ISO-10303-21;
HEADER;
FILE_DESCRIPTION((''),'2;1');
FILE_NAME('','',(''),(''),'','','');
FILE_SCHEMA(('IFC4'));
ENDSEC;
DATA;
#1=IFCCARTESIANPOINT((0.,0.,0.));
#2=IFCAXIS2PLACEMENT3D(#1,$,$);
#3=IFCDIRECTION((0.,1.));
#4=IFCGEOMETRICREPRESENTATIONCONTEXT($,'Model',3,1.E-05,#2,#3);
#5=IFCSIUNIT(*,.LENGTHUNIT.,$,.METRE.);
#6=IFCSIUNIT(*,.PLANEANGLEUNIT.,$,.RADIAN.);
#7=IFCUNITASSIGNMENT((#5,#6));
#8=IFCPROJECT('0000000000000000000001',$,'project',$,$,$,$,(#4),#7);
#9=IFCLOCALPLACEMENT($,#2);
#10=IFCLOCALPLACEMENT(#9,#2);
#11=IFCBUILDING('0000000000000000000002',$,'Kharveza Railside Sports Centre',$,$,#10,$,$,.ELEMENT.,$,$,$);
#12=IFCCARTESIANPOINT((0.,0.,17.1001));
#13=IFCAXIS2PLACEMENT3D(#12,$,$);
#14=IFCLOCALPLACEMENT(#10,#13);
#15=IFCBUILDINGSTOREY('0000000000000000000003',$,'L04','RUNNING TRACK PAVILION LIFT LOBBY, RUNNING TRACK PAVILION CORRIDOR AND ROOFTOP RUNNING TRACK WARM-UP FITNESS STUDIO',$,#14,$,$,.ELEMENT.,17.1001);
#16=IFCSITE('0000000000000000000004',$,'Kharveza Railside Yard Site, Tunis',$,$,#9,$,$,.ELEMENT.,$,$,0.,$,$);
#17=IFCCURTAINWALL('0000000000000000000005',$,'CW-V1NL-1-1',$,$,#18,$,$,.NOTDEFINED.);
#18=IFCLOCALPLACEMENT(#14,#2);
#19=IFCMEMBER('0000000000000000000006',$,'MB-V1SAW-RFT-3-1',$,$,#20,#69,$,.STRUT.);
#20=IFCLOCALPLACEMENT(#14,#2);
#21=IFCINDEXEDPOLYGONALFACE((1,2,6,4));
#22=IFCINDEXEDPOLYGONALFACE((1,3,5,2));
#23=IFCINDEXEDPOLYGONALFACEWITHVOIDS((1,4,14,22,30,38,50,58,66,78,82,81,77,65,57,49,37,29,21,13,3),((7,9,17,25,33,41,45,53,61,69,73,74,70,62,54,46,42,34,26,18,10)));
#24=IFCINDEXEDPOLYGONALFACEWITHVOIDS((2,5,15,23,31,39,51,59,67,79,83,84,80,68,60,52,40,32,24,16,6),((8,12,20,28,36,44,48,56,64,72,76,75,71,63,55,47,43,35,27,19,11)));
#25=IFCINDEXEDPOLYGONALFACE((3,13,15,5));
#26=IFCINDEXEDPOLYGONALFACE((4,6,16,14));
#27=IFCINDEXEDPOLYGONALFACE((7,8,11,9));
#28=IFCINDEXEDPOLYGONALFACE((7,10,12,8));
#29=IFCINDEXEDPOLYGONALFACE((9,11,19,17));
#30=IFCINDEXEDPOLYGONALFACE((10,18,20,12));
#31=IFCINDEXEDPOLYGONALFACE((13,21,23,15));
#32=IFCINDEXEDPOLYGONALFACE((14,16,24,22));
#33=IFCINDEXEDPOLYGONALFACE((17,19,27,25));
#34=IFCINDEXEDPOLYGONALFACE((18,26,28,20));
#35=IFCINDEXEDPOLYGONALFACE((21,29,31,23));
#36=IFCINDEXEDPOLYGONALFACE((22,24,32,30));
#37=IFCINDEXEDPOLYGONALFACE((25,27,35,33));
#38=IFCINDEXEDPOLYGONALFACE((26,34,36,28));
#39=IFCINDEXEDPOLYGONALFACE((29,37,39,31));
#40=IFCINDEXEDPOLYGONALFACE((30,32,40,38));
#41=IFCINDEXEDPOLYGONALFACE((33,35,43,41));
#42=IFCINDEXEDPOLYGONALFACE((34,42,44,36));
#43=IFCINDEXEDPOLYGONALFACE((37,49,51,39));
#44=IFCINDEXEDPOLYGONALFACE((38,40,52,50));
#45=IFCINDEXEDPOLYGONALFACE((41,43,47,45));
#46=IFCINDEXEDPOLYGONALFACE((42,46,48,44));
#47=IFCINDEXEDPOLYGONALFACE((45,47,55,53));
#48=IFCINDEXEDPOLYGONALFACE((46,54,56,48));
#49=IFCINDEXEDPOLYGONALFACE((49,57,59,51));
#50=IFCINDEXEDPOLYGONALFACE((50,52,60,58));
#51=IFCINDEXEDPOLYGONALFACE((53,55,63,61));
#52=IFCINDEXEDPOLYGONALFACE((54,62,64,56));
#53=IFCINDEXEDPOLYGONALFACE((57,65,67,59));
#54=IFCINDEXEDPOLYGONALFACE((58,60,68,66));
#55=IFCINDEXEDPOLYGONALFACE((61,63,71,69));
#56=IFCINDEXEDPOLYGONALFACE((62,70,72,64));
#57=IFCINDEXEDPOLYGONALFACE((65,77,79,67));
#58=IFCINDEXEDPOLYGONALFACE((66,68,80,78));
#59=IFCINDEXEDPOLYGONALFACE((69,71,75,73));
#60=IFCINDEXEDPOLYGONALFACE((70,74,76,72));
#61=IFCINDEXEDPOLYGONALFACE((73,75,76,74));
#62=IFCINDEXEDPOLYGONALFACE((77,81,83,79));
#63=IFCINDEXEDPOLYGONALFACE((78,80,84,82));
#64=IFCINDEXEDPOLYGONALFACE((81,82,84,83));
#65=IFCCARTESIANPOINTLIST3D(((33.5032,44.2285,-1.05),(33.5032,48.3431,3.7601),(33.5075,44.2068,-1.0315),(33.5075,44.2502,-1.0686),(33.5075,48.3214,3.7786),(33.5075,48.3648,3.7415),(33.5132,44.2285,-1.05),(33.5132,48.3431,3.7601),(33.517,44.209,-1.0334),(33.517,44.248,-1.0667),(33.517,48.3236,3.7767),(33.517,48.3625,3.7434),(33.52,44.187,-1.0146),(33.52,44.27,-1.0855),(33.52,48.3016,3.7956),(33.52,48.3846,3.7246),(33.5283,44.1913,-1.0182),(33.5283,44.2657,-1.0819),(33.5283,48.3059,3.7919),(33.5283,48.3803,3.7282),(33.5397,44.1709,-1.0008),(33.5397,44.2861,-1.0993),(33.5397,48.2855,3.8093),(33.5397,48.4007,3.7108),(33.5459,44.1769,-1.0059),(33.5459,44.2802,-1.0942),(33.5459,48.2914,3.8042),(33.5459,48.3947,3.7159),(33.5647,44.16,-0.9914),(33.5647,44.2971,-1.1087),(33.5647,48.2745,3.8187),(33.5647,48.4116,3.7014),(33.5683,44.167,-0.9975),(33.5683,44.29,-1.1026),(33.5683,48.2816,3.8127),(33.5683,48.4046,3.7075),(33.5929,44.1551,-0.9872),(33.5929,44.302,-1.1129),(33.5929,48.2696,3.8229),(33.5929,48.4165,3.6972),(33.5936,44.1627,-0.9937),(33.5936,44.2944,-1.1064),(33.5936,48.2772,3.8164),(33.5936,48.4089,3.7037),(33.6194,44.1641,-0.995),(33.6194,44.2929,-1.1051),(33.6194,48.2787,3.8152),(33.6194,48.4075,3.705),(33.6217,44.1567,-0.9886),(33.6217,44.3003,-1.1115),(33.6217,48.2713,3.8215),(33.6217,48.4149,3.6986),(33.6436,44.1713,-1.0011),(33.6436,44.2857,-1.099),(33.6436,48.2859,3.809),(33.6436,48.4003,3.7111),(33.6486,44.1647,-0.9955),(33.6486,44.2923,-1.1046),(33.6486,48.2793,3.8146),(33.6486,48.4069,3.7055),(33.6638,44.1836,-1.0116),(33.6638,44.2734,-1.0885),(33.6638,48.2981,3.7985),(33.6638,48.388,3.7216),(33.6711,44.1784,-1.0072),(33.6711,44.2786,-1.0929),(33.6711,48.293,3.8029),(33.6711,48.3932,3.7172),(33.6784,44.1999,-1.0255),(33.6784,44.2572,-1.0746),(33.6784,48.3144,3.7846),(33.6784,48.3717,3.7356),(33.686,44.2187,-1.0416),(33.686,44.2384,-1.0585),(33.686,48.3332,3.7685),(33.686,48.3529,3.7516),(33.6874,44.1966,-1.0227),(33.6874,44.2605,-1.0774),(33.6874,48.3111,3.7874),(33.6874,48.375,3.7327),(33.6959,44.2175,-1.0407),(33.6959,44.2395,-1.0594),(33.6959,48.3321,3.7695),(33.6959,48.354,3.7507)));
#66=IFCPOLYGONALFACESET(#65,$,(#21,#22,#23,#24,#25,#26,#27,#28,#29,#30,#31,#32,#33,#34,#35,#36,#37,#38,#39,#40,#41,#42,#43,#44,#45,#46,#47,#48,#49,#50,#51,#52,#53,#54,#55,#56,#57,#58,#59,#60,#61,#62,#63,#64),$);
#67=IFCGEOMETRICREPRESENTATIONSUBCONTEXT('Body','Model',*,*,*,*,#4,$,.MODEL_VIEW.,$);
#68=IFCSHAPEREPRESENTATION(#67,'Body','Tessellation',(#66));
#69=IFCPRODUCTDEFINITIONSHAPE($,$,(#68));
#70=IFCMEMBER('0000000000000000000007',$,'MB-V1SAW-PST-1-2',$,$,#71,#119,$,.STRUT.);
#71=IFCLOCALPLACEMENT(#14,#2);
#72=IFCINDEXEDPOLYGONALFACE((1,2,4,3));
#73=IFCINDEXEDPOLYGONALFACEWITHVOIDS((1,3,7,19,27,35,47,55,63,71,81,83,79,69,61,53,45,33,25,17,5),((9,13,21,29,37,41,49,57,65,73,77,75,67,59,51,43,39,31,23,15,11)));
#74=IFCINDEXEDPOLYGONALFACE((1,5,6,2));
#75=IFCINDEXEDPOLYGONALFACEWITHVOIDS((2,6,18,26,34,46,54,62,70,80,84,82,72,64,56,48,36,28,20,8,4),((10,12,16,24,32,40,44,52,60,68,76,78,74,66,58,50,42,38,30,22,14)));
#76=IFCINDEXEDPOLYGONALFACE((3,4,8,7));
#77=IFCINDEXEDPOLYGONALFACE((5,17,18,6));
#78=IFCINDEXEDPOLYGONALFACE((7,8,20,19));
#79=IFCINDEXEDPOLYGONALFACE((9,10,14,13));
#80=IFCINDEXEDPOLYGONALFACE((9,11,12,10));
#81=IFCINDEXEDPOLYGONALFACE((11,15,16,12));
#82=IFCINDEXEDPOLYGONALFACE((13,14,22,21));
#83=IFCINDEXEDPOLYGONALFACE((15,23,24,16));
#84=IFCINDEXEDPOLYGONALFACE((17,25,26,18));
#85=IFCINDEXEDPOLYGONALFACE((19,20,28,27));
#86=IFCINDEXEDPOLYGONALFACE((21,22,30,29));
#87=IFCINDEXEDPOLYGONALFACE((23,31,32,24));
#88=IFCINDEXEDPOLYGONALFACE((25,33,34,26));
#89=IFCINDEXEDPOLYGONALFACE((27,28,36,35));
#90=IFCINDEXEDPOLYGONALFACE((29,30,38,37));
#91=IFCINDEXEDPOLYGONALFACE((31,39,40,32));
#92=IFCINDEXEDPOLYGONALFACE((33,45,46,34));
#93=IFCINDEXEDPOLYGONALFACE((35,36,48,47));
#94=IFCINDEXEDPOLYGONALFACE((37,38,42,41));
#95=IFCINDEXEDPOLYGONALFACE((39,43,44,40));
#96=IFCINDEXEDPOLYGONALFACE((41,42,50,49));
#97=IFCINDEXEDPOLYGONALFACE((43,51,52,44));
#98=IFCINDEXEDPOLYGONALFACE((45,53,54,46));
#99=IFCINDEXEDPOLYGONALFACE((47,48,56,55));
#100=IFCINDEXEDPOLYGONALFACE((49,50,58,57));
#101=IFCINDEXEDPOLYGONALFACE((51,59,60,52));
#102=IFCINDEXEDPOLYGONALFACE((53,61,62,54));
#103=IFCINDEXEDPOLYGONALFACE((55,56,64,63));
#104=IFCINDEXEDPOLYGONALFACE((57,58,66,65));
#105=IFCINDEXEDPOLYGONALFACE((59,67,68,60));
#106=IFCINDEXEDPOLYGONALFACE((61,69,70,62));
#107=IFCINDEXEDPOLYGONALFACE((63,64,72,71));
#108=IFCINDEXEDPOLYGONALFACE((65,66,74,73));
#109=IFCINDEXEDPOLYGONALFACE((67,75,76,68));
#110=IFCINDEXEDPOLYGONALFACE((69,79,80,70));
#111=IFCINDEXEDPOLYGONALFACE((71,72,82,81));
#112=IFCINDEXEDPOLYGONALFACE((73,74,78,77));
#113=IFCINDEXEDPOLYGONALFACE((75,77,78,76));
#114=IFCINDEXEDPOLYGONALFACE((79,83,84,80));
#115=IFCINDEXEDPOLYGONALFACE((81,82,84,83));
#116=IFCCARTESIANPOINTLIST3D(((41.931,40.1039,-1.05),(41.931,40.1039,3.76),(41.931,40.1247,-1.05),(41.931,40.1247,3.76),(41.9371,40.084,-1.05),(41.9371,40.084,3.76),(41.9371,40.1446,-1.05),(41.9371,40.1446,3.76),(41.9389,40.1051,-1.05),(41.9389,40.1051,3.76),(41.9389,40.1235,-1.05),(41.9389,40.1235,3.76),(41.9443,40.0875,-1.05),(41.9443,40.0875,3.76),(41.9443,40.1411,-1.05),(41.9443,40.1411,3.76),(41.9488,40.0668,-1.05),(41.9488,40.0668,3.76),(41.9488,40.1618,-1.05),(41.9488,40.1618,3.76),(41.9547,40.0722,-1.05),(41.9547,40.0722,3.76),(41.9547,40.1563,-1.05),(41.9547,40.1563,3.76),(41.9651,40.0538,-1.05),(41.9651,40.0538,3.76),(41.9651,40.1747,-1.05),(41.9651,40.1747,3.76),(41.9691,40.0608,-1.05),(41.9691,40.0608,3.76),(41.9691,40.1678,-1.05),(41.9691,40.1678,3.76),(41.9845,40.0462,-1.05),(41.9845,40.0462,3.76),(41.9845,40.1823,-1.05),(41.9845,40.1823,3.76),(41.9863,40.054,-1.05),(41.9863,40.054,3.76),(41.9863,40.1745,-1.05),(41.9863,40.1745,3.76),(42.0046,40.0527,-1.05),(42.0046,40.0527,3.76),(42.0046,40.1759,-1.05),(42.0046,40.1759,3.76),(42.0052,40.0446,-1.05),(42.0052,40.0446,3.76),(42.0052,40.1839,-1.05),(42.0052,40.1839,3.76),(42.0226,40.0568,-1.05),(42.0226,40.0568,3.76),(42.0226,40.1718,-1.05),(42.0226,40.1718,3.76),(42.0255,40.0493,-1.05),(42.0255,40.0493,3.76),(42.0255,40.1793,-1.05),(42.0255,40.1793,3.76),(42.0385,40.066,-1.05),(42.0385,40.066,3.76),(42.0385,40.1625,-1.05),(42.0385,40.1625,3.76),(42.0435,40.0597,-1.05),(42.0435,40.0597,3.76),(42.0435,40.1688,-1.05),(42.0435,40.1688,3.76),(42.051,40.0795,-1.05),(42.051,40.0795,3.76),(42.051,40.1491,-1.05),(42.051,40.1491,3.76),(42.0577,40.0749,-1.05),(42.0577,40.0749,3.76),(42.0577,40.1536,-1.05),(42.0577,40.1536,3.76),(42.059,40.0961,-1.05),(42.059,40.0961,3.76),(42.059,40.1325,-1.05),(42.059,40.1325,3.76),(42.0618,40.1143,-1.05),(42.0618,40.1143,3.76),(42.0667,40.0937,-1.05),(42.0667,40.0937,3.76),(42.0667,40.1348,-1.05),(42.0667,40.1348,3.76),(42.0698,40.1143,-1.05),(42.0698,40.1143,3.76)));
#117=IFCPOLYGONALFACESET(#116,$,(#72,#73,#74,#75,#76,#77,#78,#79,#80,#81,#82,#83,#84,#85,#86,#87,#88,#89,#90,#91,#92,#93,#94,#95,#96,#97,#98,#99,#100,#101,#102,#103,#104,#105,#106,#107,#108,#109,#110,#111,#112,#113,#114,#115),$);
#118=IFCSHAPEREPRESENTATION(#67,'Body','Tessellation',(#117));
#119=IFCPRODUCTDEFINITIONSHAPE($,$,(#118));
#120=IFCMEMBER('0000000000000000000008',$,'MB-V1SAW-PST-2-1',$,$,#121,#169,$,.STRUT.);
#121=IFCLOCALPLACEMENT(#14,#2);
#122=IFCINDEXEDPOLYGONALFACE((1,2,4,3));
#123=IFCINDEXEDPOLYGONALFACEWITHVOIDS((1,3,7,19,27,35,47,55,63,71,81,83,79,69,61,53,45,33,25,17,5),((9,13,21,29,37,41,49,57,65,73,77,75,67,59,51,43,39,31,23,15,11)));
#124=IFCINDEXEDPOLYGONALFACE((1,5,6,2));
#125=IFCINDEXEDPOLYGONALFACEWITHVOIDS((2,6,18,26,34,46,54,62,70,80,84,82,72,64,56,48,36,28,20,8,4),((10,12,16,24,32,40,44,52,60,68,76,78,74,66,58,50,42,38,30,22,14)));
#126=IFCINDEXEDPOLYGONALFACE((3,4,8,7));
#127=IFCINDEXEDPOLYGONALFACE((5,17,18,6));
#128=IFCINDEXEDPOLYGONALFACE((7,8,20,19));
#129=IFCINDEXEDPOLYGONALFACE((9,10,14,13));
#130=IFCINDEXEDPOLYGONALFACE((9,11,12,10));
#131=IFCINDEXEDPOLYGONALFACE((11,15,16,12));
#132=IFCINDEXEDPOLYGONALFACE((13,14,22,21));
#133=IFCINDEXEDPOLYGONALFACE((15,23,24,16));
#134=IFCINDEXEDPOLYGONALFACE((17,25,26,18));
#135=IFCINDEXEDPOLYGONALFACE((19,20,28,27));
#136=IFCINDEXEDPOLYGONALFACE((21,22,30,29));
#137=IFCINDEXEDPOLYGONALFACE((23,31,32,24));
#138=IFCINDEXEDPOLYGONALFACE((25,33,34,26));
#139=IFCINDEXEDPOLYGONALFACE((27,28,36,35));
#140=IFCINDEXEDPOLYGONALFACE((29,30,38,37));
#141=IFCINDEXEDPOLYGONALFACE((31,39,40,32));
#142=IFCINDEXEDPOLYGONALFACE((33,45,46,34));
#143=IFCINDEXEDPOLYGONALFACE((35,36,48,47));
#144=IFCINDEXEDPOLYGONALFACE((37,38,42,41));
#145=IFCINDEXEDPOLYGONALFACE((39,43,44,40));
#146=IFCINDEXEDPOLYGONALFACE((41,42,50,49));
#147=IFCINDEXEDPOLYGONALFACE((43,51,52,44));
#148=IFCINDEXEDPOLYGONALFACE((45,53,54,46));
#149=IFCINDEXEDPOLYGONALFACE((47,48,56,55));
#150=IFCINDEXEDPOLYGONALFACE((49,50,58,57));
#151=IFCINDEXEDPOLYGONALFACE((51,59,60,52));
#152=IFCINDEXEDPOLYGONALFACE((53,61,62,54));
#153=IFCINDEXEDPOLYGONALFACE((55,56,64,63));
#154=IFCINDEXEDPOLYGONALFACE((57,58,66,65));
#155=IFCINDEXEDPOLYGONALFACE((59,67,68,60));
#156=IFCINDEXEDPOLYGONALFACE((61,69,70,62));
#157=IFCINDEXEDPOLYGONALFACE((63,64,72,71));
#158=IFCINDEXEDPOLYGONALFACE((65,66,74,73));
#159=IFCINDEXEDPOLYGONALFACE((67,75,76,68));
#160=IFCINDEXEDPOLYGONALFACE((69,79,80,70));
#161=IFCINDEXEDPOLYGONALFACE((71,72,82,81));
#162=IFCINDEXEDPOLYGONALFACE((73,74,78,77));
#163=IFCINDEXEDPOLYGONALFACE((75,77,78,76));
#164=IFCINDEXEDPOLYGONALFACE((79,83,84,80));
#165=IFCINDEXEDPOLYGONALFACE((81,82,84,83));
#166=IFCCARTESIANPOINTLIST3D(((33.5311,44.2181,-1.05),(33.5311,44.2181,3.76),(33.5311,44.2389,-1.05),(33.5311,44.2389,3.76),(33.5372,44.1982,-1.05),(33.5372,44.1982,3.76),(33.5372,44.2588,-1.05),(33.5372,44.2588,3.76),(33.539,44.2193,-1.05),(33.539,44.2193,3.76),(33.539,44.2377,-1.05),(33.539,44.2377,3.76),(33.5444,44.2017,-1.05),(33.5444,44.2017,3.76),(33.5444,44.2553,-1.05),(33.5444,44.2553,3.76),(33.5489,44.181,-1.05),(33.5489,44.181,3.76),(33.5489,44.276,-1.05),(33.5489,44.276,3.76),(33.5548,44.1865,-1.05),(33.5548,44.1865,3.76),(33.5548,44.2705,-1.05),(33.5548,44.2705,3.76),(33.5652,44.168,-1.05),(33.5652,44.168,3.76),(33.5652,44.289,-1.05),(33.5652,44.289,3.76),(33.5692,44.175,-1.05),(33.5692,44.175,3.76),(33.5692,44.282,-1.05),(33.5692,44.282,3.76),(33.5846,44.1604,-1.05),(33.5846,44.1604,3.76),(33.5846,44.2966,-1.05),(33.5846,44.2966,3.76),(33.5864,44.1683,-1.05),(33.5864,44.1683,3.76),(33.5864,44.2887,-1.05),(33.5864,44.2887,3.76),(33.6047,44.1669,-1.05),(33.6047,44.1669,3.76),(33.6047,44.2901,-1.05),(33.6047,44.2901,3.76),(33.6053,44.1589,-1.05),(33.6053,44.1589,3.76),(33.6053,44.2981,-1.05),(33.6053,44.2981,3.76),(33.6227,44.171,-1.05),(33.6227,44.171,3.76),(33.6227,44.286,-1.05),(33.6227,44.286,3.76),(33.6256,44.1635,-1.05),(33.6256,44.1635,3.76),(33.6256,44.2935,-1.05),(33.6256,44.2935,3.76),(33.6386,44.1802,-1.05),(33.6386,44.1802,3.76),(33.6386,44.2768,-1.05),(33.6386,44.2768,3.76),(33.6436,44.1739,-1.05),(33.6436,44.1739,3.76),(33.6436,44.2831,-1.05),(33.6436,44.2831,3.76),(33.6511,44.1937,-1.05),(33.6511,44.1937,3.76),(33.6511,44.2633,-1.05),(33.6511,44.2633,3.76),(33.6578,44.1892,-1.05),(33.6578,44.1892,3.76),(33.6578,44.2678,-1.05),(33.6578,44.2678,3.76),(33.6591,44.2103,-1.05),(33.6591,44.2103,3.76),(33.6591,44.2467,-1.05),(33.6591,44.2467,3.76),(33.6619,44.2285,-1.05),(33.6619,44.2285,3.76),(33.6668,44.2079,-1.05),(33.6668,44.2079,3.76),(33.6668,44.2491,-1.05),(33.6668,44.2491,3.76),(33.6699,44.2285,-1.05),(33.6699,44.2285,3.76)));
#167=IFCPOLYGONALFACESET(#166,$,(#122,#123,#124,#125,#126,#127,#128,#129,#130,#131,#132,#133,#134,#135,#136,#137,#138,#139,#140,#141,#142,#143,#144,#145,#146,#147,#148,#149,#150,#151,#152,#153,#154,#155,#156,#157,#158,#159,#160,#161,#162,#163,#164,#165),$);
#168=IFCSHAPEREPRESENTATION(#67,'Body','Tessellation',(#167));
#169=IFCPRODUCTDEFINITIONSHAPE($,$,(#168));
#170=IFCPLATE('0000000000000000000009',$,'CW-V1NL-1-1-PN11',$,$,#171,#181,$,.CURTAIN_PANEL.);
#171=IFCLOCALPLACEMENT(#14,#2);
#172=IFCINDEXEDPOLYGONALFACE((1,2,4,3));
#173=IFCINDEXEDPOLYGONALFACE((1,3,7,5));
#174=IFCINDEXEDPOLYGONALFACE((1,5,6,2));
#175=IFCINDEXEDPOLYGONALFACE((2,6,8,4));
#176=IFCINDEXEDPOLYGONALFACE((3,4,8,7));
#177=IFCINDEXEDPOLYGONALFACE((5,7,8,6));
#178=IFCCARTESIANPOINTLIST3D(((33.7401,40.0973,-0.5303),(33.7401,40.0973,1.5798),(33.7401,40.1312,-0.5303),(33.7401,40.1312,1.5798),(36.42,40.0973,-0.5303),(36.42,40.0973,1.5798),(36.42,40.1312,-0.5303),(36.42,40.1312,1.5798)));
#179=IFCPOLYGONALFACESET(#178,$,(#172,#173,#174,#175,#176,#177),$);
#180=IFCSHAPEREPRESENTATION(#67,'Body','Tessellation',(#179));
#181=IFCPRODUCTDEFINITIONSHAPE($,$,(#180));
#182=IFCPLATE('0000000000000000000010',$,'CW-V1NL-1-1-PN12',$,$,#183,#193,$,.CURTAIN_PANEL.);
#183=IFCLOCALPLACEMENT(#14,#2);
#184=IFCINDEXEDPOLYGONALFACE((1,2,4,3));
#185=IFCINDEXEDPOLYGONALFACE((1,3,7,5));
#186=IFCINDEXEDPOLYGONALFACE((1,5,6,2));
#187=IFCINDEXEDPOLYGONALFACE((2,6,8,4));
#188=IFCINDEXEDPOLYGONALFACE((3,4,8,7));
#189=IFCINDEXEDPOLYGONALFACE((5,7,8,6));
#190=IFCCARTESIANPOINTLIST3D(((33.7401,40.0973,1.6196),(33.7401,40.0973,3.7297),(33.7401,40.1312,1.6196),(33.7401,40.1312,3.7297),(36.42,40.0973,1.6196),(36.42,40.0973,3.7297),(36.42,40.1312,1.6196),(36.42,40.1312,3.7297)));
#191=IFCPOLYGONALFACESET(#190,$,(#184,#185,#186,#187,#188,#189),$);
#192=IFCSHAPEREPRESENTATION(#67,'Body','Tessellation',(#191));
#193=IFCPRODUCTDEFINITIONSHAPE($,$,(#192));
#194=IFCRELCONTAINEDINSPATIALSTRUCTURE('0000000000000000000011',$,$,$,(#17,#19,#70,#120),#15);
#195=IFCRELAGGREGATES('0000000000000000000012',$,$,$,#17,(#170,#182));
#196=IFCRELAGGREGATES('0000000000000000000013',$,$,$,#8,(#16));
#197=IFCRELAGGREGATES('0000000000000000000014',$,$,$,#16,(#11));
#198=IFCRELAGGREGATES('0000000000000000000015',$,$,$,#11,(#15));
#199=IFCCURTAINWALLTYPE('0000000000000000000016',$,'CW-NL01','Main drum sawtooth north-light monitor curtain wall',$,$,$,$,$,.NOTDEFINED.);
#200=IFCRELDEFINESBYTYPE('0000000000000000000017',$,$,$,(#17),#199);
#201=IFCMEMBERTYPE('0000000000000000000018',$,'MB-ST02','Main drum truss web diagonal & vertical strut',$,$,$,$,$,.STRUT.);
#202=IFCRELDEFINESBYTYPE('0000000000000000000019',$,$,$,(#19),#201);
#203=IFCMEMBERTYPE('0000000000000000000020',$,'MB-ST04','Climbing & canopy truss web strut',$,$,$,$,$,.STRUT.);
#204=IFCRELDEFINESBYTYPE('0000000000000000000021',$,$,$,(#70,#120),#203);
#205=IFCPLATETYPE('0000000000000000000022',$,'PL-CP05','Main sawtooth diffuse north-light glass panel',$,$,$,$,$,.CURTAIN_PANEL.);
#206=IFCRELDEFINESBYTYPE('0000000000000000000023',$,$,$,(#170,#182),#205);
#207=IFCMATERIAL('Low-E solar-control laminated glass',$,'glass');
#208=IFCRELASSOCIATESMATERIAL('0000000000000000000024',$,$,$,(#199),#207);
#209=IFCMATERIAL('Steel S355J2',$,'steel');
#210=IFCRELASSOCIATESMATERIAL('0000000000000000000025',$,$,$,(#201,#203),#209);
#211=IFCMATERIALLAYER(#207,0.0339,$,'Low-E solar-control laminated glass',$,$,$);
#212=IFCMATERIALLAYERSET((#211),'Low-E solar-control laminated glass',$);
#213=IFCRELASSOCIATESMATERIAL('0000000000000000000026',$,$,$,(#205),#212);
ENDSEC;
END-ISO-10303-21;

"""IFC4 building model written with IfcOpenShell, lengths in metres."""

from ifc_helpers import new_model, si_unit, direction, frame, origin, origin_2d, place, context, subcontext, project, spatial, rectangle, hollow_circle, extrude, material, layer, layer_set, material_profile, profile_set, type_object, element, aggregate, save


model = new_model("IFC4")

# Units and contexts
model_context = context("Model", 3, precision=1e-05, world=origin(), true_north=direction((0.0, 1.0)))
body_context = subcontext(model_context, "Body", "Model", "MODEL_VIEW")
ifc_project = project(units=[si_unit("LENGTHUNIT", "METRE"), si_unit("PLANEANGLEUNIT", "RADIAN")], contexts=[model_context])

# Site, building, storey
site_placement = place(None, origin())
site = spatial("IfcSite", under=ifc_project, at=site_placement, Name="Kharveza Railside Yard Site, Tunis", CompositionType="ELEMENT", RefElevation=0.0)
building_placement = place(site_placement, origin())
building = spatial("IfcBuilding", under=site, at=building_placement, Name="Kharveza Railside Sports Centre", CompositionType="ELEMENT")
storey_placement = place(building_placement, frame((0.0, 0.0, 17.1001)))
storey = spatial("IfcBuildingStorey", under=building, at=storey_placement, Name="L04", Description="RUNNING TRACK PAVILION LIFT LOBBY, RUNNING TRACK PAVILION CORRIDOR AND ROOFTOP RUNNING TRACK WARM-UP FITNESS STUDIO", CompositionType="ELEMENT", Elevation=17.1001)

# Shared definitions
ifc_material_1 = material(Name="Steel S355J2", Category="steel")

# Curtain wall
ifc_material_2 = material(Name="Low-E solar-control laminated glass", Category="glass")
curtain_wall_type = type_object("IfcCurtainWallType", Name="CW-NL01", Description="Main drum sawtooth north-light monitor curtain wall", PredefinedType="NOTDEFINED", material=ifc_material_2)
curtain_wall_1_placement = place(storey_placement, origin())
curtain_wall_1 = element("IfcCurtainWall", 1, at=curtain_wall_1_placement, inside=storey, type_object=curtain_wall_type, Name="CW-V1NL-1-1", PredefinedType="NOTDEFINED")

# Members
ifc_material_profile_1 = material_profile(ifc_material_1, hollow_circle(Radius=0.0969, WallThickness=0.01, at=origin_2d()), Name="CHS 193.7x10.0")
ifc_profile_set_1 = profile_set([ifc_material_profile_1], Name="Steel S355J2")
member_type_1 = type_object("IfcMemberType", Name="MB-ST02", Description="Main drum truss web diagonal & vertical strut", PredefinedType="STRUT", material=ifc_profile_set_1)
member_1_placement = place(storey_placement, frame((33.6001, 44.2285, -1.05), z_axis=(0.0, 0.650026, 0.759912), x_axis=(-1.0, 0.0, 0.0)))
element("IfcMember", 2, at=member_1_placement, inside=storey, type_object=member_type_1, Name="MB-V1SAW-RFT-3-1", PredefinedType="STRUT", context=body_context, shape_type="SweptSolid", body=[
    extrude(hollow_circle(Radius=0.0969, WallThickness=0.01, at=origin_2d()), origin(), (0.0, 0.0, 1.0), 6.3298),
])
ifc_material_profile_2 = material_profile(ifc_material_1, hollow_circle(Radius=0.0698, WallThickness=0.0081, at=origin_2d()), Name="CHS 139.7x8.0")
ifc_profile_set_2 = profile_set([ifc_material_profile_2], Name="Steel S355J2")
member_type_2 = type_object("IfcMemberType", Name="MB-ST04", Description="Climbing & canopy truss web strut", PredefinedType="STRUT", material=ifc_profile_set_2)
for number, where, z_axis, x_axis, name in (
    (3, (42.0, 40.1143, -1.05), (0.0, 0.0, 1.0), (1.0, 0.0, 0.0), "MB-V1SAW-PST-1-2"),
    (4, (33.6001, 44.2285, -1.05), (0.0, 0.0, 1.0), (1.0, 0.0, 0.0), "MB-V1SAW-PST-2-1"),
):
    element("IfcMember", number, at=place(storey_placement, frame(where, z_axis=z_axis, x_axis=x_axis)), inside=storey, type_object=member_type_2, Name=name, PredefinedType="STRUT", context=body_context, shape_type="SweptSolid", body=[
        extrude(hollow_circle(Radius=0.0698, WallThickness=0.0081, at=origin_2d()), origin(), (0.0, 0.0, 1.0), 4.8101),
    ])

# Plates
ifc_layer = layer(ifc_material_2, 0.0339, Name="Low-E solar-control laminated glass")
ifc_layer_set = layer_set([ifc_layer], Name="Low-E solar-control laminated glass")
plate_type = type_object("IfcPlateType", Name="PL-CP05", Description="Main sawtooth diffuse north-light glass panel", PredefinedType="CURTAIN_PANEL", material=ifc_layer_set)
plate_1_placement = place(storey_placement, frame((35.0801, 40.1143, -0.5303), z_axis=(0.0, 0.0, 1.0), x_axis=(1.0, 0.0, 0.0)))
plate_1 = element("IfcPlate", 5, at=plate_1_placement, type_object=plate_type, Name="CW-V1NL-1-1-PN11", PredefinedType="CURTAIN_PANEL", context=body_context, shape_type="SweptSolid", body=[
    extrude(rectangle(XDim=2.6799, YDim=0.0339, at=origin_2d()), origin(), (0.0, 0.0, 1.0), 2.1101),
])
plate_2_placement = place(storey_placement, frame((35.0801, 40.1143, 1.6196), z_axis=(0.0, 0.0, 1.0), x_axis=(1.0, 0.0, 0.0)))
plate_2 = element("IfcPlate", 6, at=plate_2_placement, type_object=plate_type, Name="CW-V1NL-1-1-PN12", PredefinedType="CURTAIN_PANEL", context=body_context, shape_type="SweptSolid", body=[
    extrude(rectangle(XDim=2.6799, YDim=0.0339, at=origin_2d()), origin(), (0.0, 0.0, 1.0), 2.1101),
])
aggregate(curtain_wall_1, [plate_1, plate_2])

save(model, "model.ifc")
